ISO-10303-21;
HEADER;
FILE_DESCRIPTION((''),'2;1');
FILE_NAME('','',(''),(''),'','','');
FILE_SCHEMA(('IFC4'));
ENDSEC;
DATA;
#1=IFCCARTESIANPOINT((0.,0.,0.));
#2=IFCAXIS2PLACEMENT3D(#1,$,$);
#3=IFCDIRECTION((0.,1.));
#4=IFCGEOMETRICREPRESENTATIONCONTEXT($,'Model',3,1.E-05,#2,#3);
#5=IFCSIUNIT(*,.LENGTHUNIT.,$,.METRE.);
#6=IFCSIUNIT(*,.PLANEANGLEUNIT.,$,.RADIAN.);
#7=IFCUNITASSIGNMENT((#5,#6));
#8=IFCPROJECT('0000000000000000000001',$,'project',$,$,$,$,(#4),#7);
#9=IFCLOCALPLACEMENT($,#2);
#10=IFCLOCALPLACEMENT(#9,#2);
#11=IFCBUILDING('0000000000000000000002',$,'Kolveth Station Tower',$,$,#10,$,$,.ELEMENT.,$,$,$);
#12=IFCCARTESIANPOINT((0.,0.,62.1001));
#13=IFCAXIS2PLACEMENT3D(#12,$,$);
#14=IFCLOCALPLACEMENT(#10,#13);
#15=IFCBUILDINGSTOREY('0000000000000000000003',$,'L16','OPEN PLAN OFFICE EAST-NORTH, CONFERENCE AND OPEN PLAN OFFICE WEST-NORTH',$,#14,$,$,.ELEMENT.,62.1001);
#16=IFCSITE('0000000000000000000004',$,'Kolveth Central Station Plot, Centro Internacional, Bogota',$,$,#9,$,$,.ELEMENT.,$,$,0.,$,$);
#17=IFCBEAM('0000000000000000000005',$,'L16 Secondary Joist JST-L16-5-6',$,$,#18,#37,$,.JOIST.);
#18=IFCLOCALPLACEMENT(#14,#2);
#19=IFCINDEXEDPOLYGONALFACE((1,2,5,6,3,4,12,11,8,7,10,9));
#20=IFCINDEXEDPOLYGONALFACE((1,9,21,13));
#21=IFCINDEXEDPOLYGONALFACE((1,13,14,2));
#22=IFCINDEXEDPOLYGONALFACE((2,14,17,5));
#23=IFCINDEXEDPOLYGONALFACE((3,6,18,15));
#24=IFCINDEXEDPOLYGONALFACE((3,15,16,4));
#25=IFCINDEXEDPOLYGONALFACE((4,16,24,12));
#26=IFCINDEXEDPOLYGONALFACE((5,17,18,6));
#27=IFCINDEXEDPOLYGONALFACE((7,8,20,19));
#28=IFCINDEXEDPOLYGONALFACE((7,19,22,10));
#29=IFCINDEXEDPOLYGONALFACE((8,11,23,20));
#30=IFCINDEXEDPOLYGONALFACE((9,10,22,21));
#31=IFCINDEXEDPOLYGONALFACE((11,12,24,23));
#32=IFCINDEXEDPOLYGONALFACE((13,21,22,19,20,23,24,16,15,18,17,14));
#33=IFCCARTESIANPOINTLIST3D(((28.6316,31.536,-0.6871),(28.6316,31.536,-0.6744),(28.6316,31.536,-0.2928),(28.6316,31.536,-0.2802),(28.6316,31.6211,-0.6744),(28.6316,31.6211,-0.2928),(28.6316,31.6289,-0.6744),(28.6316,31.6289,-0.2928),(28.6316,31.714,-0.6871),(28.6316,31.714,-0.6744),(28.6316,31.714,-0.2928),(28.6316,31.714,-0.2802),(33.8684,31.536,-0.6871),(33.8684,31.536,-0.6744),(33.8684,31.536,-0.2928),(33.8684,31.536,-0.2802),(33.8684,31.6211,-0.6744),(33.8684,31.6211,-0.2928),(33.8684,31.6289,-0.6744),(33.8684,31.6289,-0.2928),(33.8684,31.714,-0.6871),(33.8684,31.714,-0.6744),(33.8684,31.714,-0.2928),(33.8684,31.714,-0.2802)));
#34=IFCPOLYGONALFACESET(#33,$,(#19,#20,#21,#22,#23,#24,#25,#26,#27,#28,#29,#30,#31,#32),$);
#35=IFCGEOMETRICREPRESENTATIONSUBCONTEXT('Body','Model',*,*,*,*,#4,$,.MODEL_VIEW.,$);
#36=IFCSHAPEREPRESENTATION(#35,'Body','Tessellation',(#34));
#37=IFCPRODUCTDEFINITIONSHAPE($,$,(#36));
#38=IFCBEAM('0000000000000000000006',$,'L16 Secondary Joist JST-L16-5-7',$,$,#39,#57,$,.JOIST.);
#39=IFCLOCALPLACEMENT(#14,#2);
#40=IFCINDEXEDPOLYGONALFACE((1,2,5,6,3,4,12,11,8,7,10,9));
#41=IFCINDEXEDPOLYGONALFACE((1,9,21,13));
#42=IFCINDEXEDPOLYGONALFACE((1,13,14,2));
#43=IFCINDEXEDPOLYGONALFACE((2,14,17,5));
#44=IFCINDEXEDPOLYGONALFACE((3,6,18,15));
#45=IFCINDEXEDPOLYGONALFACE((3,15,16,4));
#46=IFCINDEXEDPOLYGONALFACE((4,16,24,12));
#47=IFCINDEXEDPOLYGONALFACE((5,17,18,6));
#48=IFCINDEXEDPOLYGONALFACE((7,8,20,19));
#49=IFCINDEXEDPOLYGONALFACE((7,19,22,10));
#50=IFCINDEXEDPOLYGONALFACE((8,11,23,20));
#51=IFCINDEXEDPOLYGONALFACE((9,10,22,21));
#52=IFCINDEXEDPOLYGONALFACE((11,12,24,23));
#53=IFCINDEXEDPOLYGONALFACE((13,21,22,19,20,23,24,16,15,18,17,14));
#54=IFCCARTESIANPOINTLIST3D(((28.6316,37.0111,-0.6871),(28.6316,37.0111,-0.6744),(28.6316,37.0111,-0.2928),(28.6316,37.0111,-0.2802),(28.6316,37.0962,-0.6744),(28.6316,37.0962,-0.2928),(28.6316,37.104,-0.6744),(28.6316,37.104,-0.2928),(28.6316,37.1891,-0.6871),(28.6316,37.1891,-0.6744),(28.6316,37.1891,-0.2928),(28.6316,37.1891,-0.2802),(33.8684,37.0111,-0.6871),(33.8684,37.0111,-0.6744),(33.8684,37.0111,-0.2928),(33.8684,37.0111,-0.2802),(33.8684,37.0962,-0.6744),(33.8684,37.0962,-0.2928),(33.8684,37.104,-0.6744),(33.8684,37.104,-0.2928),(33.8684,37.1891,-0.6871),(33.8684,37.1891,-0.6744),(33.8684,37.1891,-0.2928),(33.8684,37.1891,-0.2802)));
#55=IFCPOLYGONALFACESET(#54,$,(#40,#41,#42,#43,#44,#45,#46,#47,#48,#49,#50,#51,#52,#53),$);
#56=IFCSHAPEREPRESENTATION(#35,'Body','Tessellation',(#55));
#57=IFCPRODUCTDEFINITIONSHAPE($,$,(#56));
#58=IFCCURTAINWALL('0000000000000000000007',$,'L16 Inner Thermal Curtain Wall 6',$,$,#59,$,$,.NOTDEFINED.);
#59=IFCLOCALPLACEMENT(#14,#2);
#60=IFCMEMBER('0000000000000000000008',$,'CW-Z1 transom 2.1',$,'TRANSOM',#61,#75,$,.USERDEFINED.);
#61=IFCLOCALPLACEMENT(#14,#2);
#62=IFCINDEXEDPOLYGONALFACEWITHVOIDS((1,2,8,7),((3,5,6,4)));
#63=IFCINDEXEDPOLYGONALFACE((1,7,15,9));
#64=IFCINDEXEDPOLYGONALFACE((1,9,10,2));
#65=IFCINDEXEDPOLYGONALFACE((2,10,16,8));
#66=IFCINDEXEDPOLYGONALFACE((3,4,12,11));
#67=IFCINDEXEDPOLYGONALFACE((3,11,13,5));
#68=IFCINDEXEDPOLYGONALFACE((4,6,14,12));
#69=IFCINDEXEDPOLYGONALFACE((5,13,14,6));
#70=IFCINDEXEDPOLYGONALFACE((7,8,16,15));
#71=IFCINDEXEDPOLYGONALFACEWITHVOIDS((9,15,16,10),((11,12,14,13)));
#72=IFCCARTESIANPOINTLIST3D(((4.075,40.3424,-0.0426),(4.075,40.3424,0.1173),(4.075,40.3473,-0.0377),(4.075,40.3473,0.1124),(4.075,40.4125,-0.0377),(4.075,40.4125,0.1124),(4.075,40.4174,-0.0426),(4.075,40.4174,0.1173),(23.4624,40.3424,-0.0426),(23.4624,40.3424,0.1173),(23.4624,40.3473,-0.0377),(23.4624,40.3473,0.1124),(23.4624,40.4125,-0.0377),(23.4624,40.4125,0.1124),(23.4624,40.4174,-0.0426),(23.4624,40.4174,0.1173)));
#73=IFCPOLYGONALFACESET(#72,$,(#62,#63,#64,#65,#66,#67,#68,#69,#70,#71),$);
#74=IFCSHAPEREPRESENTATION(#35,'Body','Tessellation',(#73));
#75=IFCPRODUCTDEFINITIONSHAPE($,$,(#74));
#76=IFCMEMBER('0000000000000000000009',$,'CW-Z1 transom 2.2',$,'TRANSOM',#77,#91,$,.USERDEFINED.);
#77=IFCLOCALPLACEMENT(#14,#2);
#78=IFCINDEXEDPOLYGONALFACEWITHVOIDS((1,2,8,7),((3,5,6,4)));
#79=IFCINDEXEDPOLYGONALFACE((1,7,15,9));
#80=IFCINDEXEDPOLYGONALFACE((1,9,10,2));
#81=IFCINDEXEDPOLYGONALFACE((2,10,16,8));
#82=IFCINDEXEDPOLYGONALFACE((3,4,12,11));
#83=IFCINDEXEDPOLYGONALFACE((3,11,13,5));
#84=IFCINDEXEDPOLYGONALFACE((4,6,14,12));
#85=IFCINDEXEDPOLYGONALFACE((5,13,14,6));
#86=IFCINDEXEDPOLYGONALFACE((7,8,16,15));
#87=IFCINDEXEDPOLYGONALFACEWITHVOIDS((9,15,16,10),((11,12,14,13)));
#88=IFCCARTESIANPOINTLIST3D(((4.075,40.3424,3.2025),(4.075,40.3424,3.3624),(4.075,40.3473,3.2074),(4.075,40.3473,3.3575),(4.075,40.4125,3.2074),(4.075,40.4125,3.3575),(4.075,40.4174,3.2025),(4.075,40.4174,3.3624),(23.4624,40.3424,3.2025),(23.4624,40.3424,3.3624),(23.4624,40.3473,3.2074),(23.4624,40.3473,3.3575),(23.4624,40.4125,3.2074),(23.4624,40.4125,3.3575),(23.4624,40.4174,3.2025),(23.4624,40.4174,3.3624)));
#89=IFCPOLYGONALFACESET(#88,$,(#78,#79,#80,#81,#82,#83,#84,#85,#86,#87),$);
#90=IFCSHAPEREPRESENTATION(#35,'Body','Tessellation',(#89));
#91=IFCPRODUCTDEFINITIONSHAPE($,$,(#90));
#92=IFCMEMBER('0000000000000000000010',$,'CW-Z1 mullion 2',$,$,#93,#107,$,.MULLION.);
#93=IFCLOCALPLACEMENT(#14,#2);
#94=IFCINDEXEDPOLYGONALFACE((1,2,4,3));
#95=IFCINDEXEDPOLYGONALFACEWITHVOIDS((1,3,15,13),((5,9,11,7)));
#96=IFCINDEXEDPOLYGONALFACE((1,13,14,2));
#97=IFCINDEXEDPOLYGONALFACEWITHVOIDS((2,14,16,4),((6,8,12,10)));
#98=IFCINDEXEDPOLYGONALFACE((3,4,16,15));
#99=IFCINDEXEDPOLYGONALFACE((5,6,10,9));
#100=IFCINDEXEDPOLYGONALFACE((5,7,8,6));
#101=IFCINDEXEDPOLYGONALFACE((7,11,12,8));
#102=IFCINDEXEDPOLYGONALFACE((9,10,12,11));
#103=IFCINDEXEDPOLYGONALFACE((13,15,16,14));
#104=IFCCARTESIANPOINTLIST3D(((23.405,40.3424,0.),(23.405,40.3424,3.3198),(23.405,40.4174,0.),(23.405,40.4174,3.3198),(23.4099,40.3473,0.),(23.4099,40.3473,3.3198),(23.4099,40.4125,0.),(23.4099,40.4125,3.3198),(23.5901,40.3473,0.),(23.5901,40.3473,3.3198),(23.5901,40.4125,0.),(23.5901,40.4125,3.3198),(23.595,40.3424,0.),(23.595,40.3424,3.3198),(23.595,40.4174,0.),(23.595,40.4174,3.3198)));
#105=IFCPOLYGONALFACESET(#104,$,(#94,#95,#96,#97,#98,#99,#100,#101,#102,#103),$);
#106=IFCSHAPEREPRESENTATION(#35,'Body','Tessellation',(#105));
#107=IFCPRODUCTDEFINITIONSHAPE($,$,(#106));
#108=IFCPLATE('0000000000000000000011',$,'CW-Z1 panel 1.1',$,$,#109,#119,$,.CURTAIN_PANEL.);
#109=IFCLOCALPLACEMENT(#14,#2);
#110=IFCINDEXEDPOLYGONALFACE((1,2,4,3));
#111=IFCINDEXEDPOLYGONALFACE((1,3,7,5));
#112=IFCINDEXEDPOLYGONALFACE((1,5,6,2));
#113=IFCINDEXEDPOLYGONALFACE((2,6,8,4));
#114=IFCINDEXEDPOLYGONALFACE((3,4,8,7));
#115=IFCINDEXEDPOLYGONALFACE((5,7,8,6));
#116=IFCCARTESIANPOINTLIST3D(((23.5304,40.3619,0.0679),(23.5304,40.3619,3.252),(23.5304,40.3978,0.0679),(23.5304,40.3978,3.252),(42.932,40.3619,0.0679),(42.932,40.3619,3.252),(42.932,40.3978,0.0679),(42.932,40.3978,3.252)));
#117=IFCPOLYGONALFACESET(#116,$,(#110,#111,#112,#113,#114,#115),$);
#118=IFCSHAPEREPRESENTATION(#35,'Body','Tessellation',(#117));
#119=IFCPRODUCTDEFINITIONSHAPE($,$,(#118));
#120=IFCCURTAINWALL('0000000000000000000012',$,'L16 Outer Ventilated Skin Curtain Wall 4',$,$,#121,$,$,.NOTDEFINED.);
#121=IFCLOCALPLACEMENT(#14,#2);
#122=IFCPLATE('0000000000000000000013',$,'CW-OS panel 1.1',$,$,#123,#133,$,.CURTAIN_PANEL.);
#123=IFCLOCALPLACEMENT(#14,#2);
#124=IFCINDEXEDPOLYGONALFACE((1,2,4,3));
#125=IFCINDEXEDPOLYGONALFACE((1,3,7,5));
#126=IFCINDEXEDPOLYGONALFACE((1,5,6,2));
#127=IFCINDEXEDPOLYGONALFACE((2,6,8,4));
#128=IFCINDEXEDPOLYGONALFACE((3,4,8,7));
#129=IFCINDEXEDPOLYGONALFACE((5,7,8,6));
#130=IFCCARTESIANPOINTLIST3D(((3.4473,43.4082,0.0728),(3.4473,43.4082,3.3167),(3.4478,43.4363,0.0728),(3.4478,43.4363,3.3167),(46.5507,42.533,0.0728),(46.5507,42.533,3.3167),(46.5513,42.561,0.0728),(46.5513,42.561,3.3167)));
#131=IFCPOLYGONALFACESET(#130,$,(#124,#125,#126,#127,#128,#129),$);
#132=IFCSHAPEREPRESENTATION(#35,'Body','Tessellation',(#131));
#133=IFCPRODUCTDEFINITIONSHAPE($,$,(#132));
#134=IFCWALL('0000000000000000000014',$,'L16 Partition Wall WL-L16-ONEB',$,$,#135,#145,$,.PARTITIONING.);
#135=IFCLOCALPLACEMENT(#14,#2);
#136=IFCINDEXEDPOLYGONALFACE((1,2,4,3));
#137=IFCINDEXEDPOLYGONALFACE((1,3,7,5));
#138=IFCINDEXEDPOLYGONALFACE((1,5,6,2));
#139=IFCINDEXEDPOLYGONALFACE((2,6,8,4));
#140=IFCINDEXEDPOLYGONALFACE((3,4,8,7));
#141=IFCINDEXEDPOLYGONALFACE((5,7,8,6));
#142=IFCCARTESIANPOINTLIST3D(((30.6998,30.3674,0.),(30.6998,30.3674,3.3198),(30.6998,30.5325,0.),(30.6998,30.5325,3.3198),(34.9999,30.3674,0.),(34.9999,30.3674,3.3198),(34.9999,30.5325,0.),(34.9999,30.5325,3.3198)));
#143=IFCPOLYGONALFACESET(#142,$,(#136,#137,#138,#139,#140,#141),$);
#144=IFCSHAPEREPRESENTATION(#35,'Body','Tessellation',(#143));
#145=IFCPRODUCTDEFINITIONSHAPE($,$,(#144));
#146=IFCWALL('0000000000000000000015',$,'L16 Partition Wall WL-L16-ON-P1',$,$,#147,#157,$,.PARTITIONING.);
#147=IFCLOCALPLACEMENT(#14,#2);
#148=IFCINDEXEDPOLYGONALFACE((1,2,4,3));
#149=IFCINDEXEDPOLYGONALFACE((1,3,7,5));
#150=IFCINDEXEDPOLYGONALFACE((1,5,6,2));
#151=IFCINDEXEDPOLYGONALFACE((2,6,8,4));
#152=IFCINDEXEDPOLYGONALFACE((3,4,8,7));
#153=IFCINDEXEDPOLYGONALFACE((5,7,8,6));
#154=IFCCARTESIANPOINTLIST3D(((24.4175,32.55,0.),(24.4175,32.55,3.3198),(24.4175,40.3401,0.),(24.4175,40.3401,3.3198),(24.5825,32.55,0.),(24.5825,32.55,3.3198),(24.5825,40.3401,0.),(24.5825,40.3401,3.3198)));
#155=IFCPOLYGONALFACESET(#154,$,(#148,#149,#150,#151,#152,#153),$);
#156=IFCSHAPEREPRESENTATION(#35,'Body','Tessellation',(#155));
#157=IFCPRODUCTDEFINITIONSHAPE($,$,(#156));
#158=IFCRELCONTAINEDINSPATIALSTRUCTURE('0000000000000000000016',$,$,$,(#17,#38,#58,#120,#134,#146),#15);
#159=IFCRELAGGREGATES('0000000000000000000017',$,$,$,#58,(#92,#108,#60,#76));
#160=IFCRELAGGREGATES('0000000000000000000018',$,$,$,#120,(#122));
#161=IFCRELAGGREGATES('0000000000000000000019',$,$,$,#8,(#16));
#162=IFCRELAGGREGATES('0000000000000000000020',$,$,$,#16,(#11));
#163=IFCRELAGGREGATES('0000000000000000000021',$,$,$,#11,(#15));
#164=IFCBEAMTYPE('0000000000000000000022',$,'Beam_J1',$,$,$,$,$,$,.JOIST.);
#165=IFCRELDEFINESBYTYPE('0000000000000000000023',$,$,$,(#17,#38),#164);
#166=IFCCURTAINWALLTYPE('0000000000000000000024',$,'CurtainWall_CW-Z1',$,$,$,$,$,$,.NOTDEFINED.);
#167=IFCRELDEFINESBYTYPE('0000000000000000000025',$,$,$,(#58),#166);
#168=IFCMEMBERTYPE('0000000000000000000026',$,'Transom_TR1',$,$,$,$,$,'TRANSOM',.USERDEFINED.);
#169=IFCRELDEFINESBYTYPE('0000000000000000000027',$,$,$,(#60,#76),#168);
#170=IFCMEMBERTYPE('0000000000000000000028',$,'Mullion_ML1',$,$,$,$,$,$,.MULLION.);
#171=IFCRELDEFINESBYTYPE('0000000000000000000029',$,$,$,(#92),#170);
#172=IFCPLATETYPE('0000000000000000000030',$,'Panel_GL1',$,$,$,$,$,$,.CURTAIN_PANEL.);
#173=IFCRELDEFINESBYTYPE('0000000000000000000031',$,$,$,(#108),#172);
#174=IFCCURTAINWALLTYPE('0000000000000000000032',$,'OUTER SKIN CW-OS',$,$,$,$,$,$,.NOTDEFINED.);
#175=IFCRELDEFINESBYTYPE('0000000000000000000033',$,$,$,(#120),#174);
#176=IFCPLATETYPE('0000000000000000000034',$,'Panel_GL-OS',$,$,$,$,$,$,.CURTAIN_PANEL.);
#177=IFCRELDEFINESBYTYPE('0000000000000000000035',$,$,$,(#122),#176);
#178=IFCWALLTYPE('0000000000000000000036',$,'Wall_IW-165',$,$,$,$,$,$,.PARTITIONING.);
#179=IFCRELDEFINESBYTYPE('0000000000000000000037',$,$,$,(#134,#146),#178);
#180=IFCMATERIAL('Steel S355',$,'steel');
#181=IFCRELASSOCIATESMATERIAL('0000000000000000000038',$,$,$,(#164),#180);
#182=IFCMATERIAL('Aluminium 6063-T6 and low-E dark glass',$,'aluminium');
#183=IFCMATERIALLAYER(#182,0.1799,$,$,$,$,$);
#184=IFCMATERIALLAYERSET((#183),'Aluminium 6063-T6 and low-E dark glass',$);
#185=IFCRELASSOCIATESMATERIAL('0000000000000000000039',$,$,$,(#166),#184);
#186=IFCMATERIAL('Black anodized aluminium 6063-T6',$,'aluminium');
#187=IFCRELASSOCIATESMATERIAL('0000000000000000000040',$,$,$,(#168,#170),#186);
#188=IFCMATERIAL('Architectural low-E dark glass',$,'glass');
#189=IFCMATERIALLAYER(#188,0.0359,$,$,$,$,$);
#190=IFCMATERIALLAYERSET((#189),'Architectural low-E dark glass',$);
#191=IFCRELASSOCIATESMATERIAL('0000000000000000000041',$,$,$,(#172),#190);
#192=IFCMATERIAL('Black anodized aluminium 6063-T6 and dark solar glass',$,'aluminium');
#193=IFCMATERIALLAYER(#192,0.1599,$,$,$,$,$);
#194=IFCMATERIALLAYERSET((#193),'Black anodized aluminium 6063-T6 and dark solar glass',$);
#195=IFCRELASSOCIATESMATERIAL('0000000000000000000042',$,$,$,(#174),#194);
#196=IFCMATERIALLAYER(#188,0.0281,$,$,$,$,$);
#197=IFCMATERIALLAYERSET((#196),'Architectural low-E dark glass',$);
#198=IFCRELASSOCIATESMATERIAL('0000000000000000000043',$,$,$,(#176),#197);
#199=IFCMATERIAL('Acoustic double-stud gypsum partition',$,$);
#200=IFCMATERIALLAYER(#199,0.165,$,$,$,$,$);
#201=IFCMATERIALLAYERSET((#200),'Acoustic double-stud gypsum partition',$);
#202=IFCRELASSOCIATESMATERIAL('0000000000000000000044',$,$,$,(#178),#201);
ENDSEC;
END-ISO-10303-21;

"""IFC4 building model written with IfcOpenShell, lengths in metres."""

from ifc_helpers import new_model, si_unit, direction, frame, frame_2d, origin, origin_2d, place, context, subcontext, project, spatial, rectangle, hollow_rectangle, i_section, extrude, source, transform, mapped, material, layer, layer_set, material_profile, profile_set, type_object, element, aggregate, save


model = new_model("IFC4")

# Units and contexts
model_context = context("Model", 3, precision=1e-05, world=origin(), true_north=direction((0.0, 1.0)))
body_context = subcontext(model_context, "Body", "Model", "MODEL_VIEW")
ifc_project = project(units=[si_unit("LENGTHUNIT", "METRE"), si_unit("PLANEANGLEUNIT", "RADIAN")], contexts=[model_context])

# Site, building, storey
site_placement = place(None, origin())
site = spatial("IfcSite", under=ifc_project, at=site_placement, Name="Kolveth Central Station Plot, Centro Internacional, Bogota", CompositionType="ELEMENT", RefElevation=0.0)
building_placement = place(site_placement, origin())
building = spatial("IfcBuilding", under=site, at=building_placement, Name="Kolveth Station Tower", CompositionType="ELEMENT")
storey_placement = place(building_placement, frame((0.0, 0.0, 62.1001)))
storey = spatial("IfcBuildingStorey", under=building, at=storey_placement, Name="L16", Description="OPEN PLAN OFFICE EAST-NORTH, CONFERENCE AND OPEN PLAN OFFICE WEST-NORTH", CompositionType="ELEMENT", Elevation=62.1001)

# Shared definitions
ifc_material_1 = material(Name="Steel S355", Category="steel")

# Beams
ifc_material_profile_1 = material_profile(ifc_material_1, i_section(OverallWidth=0.178, OverallDepth=0.407, WebThickness=0.0078, FlangeThickness=0.0127, at=origin_2d()), Name="W410x60")
ifc_profile_set_1 = profile_set([ifc_material_profile_1], Name="Steel S355")
beam_type_1 = type_object("IfcBeamType", Name="Beam_J1", PredefinedType="JOIST", material=ifc_profile_set_1)
shared_shape_1 = source(origin(), body_context, "Body", "SweptSolid", [
    extrude(i_section(OverallWidth=0.178, OverallDepth=0.407, WebThickness=0.0078, FlangeThickness=0.0127, at=origin_2d()), origin(), (0.0, 0.0, 1.0), 5.2368),
])
for number, where, z_axis, x_axis, name in (
    (1, (28.6316, 31.625, -0.4836), (1.0, 0.0, 0.0), (0.0, 1.0, 0.0), "L16 Secondary Joist JST-L16-5-6"),
    (2, (28.6316, 37.1001, -0.4836), (1.0, 0.0, 0.0), (0.0, 1.0, 0.0), "L16 Secondary Joist JST-L16-5-7"),
):
    element("IfcBeam", number, at=place(storey_placement, frame(where, z_axis=z_axis, x_axis=x_axis)), inside=storey, type_object=beam_type_1, Name=name, PredefinedType="JOIST", context=body_context, shape_type="MappedRepresentation", body=[
        mapped(shared_shape_1, transform((0.0, 0.0, 0.0), x_axis=(1.0, 0.0, 0.0), y_axis=(0.0, 1.0, 0.0), z_axis=(0.0, 0.0, 1.0), scale=1.0)),
    ])

# Curtain wall, members, plate
ifc_material_2 = material(Name="Aluminium 6063-T6 and low-E dark glass", Category="aluminium")
ifc_layer_1 = layer(ifc_material_2, 0.1799)
ifc_layer_set_1 = layer_set([ifc_layer_1], Name="Aluminium 6063-T6 and low-E dark glass")
curtain_wall_type_1 = type_object("IfcCurtainWallType", Name="CurtainWall_CW-Z1", PredefinedType="NOTDEFINED", material=ifc_layer_set_1)
curtain_wall_1_placement = place(storey_placement, origin())
curtain_wall_1 = element("IfcCurtainWall", 3, at=curtain_wall_1_placement, inside=storey, type_object=curtain_wall_type_1, Name="L16 Inner Thermal Curtain Wall 6", PredefinedType="NOTDEFINED")
ifc_material_3 = material(Name="Black anodized aluminium 6063-T6", Category="aluminium")
ifc_material_profile_2 = material_profile(ifc_material_3, hollow_rectangle(XDim=0.075, YDim=0.1599, WallThickness=0.0049, at=origin_2d()), Name="ALU-75x160x5")
ifc_profile_set_2 = profile_set([ifc_material_profile_2], Name="Black anodized aluminium 6063-T6")
member_type_1 = type_object("IfcMemberType", Name="Transom_TR1", ElementType="TRANSOM", PredefinedType="USERDEFINED", material=ifc_profile_set_2)
shared_shape_2 = source(origin(), body_context, "Body", "SweptSolid", [
    extrude(hollow_rectangle(XDim=0.075, YDim=0.1599, WallThickness=0.0049, at=origin_2d()), origin(), (0.0, 0.0, 1.0), 19.3875),
])
member_1_placement = place(storey_placement, frame((23.4624, 40.3799, 0.0374), z_axis=(-1.0, 0.0, 0.0), x_axis=(0.0, -1.0, 0.0)))
member_1 = element("IfcMember", 4, at=member_1_placement, type_object=member_type_1, Name="CW-Z1 transom 2.1", ObjectType="TRANSOM", PredefinedType="USERDEFINED", context=body_context, shape_type="MappedRepresentation", body=[
    mapped(shared_shape_2, transform((0.0, 0.0, 0.0), x_axis=(1.0, 0.0, 0.0), y_axis=(0.0, 1.0, 0.0), z_axis=(0.0, 0.0, 1.0), scale=1.0)),
])
member_2_placement = place(storey_placement, frame((23.4624, 40.3799, 3.2825), z_axis=(-1.0, 0.0, 0.0), x_axis=(0.0, -1.0, 0.0)))
member_2 = element("IfcMember", 5, at=member_2_placement, type_object=member_type_1, Name="CW-Z1 transom 2.2", ObjectType="TRANSOM", PredefinedType="USERDEFINED", context=body_context, shape_type="MappedRepresentation", body=[
    mapped(shared_shape_2, transform((0.0, 0.0, 0.0), x_axis=(1.0, 0.0, 0.0), y_axis=(0.0, 1.0, 0.0), z_axis=(0.0, 0.0, 1.0), scale=1.0)),
])
ifc_material_profile_3 = material_profile(ifc_material_3, hollow_rectangle(XDim=0.075, YDim=0.1899, WallThickness=0.0049, at=origin_2d()), Name="ALU-75x190x5")
ifc_profile_set_3 = profile_set([ifc_material_profile_3], Name="Black anodized aluminium 6063-T6")
member_type_2 = type_object("IfcMemberType", Name="Mullion_ML1", PredefinedType="MULLION", material=ifc_profile_set_3)
shared_shape_3 = source(origin(), body_context, "Body", "SweptSolid", [
    extrude(hollow_rectangle(XDim=0.075, YDim=0.1899, WallThickness=0.0049, at=origin_2d()), origin(), (0.0, 0.0, 1.0), 3.3198),
])
member_3_placement = place(storey_placement, frame((23.5, 40.3799, 0.0), z_axis=(0.0, 0.0, 1.0), x_axis=(0.0, -1.0, 0.0)))
member_3 = element("IfcMember", 6, at=member_3_placement, type_object=member_type_2, Name="CW-Z1 mullion 2", PredefinedType="MULLION", context=body_context, shape_type="MappedRepresentation", body=[
    mapped(shared_shape_3, transform((0.0, 0.0, 0.0), x_axis=(1.0, 0.0, 0.0), y_axis=(0.0, 1.0, 0.0), z_axis=(0.0, 0.0, 1.0), scale=1.0)),
])
ifc_material_4 = material(Name="Architectural low-E dark glass", Category="glass")
ifc_layer_2 = layer(ifc_material_4, 0.0359)
ifc_layer_set_2 = layer_set([ifc_layer_2], Name="Architectural low-E dark glass")
plate_type_1 = type_object("IfcPlateType", Name="Panel_GL1", PredefinedType="CURTAIN_PANEL", material=ifc_layer_set_2)
shared_shape_4 = source(origin(), body_context, "Body", "SweptSolid", [
    extrude(rectangle(XDim=19.4016, YDim=0.0359, at=origin_2d()), origin(), (0.0, 0.0, 1.0), 3.1841),
])
plate_1_placement = place(storey_placement, frame((33.2312, 40.3799, 0.0679), z_axis=(0.0, 0.0, 1.0), x_axis=(-1.0, 0.0, 0.0)))
plate_1 = element("IfcPlate", 7, at=plate_1_placement, type_object=plate_type_1, Name="CW-Z1 panel 1.1", PredefinedType="CURTAIN_PANEL", context=body_context, shape_type="MappedRepresentation", body=[
    mapped(shared_shape_4, transform((0.0, 0.0, 0.0), x_axis=(1.0, 0.0, 0.0), y_axis=(0.0, 1.0, 0.0), z_axis=(0.0, 0.0, 1.0), scale=1.0)),
])
aggregate(curtain_wall_1, [member_3, plate_1, member_1, member_2])

# Curtain wall, plate
ifc_material_5 = material(Name="Black anodized aluminium 6063-T6 and dark solar glass", Category="aluminium")
ifc_layer_3 = layer(ifc_material_5, 0.1599)
ifc_layer_set_3 = layer_set([ifc_layer_3], Name="Black anodized aluminium 6063-T6 and dark solar glass")
curtain_wall_type_2 = type_object("IfcCurtainWallType", Name="OUTER SKIN CW-OS", PredefinedType="NOTDEFINED", material=ifc_layer_set_3)
curtain_wall_2_placement = place(storey_placement, origin())
curtain_wall_2 = element("IfcCurtainWall", 8, at=curtain_wall_2_placement, inside=storey, type_object=curtain_wall_type_2, Name="L16 Outer Ventilated Skin Curtain Wall 4", PredefinedType="NOTDEFINED")
ifc_layer_4 = layer(ifc_material_4, 0.0281)
ifc_layer_set_4 = layer_set([ifc_layer_4], Name="Architectural low-E dark glass")
plate_type_2 = type_object("IfcPlateType", Name="Panel_GL-OS", PredefinedType="CURTAIN_PANEL", material=ifc_layer_set_4)
shared_shape_5 = source(origin(), body_context, "Body", "SweptSolid", [
    extrude(rectangle(XDim=43.1123, YDim=0.0281, at=origin_2d()), origin(), (0.0, 0.0, 1.0), 3.2439),
])
plate_2_placement = place(storey_placement, frame((24.9993, 42.9846, 0.0728), z_axis=(0.0, 0.0, 1.0), x_axis=(-0.999794, 0.020301, 0.0)))
plate_2 = element("IfcPlate", 9, at=plate_2_placement, type_object=plate_type_2, Name="CW-OS panel 1.1", PredefinedType="CURTAIN_PANEL", context=body_context, shape_type="MappedRepresentation", body=[
    mapped(shared_shape_5, transform((0.0, 0.0, 0.0), x_axis=(1.0, 0.0, 0.0), y_axis=(0.0, 1.0, 0.0), z_axis=(0.0, 0.0, 1.0), scale=1.0)),
])
aggregate(curtain_wall_2, [plate_2])

# Walls
ifc_material_6 = material(Name="Acoustic double-stud gypsum partition")
ifc_layer_5 = layer(ifc_material_6, 0.165)
ifc_layer_set_5 = layer_set([ifc_layer_5], Name="Acoustic double-stud gypsum partition")
wall_type = type_object("IfcWallType", Name="Wall_IW-165", PredefinedType="PARTITIONING", material=ifc_layer_set_5)
wall_1_placement = place(storey_placement, frame((30.7, 30.45, 0.0), z_axis=(0.0, 0.0, 1.0), x_axis=(1.0, 0.0, 0.0)))
element("IfcWall", 10, at=wall_1_placement, inside=storey, type_object=wall_type, Name="L16 Partition Wall WL-L16-ONEB", PredefinedType="PARTITIONING", context=body_context, shape_type="SweptSolid", body=[
    extrude(rectangle(XDim=4.3, YDim=0.165, at=frame_2d((2.1499, 0.0))), origin(), (0.0, 0.0, 1.0), 3.3198),
])
wall_2_placement = place(storey_placement, frame((24.5, 32.55, 0.0), z_axis=(0.0, 0.0, 1.0), x_axis=(0.0, 1.0, 0.0)))
element("IfcWall", 11, at=wall_2_placement, inside=storey, type_object=wall_type, Name="L16 Partition Wall WL-L16-ON-P1", PredefinedType="PARTITIONING", context=body_context, shape_type="SweptSolid", body=[
    extrude(rectangle(XDim=7.79, YDim=0.165, at=frame_2d((3.895, 0.0))), origin(), (0.0, 0.0, 1.0), 3.3198),
])

save(model, "model.ifc")
